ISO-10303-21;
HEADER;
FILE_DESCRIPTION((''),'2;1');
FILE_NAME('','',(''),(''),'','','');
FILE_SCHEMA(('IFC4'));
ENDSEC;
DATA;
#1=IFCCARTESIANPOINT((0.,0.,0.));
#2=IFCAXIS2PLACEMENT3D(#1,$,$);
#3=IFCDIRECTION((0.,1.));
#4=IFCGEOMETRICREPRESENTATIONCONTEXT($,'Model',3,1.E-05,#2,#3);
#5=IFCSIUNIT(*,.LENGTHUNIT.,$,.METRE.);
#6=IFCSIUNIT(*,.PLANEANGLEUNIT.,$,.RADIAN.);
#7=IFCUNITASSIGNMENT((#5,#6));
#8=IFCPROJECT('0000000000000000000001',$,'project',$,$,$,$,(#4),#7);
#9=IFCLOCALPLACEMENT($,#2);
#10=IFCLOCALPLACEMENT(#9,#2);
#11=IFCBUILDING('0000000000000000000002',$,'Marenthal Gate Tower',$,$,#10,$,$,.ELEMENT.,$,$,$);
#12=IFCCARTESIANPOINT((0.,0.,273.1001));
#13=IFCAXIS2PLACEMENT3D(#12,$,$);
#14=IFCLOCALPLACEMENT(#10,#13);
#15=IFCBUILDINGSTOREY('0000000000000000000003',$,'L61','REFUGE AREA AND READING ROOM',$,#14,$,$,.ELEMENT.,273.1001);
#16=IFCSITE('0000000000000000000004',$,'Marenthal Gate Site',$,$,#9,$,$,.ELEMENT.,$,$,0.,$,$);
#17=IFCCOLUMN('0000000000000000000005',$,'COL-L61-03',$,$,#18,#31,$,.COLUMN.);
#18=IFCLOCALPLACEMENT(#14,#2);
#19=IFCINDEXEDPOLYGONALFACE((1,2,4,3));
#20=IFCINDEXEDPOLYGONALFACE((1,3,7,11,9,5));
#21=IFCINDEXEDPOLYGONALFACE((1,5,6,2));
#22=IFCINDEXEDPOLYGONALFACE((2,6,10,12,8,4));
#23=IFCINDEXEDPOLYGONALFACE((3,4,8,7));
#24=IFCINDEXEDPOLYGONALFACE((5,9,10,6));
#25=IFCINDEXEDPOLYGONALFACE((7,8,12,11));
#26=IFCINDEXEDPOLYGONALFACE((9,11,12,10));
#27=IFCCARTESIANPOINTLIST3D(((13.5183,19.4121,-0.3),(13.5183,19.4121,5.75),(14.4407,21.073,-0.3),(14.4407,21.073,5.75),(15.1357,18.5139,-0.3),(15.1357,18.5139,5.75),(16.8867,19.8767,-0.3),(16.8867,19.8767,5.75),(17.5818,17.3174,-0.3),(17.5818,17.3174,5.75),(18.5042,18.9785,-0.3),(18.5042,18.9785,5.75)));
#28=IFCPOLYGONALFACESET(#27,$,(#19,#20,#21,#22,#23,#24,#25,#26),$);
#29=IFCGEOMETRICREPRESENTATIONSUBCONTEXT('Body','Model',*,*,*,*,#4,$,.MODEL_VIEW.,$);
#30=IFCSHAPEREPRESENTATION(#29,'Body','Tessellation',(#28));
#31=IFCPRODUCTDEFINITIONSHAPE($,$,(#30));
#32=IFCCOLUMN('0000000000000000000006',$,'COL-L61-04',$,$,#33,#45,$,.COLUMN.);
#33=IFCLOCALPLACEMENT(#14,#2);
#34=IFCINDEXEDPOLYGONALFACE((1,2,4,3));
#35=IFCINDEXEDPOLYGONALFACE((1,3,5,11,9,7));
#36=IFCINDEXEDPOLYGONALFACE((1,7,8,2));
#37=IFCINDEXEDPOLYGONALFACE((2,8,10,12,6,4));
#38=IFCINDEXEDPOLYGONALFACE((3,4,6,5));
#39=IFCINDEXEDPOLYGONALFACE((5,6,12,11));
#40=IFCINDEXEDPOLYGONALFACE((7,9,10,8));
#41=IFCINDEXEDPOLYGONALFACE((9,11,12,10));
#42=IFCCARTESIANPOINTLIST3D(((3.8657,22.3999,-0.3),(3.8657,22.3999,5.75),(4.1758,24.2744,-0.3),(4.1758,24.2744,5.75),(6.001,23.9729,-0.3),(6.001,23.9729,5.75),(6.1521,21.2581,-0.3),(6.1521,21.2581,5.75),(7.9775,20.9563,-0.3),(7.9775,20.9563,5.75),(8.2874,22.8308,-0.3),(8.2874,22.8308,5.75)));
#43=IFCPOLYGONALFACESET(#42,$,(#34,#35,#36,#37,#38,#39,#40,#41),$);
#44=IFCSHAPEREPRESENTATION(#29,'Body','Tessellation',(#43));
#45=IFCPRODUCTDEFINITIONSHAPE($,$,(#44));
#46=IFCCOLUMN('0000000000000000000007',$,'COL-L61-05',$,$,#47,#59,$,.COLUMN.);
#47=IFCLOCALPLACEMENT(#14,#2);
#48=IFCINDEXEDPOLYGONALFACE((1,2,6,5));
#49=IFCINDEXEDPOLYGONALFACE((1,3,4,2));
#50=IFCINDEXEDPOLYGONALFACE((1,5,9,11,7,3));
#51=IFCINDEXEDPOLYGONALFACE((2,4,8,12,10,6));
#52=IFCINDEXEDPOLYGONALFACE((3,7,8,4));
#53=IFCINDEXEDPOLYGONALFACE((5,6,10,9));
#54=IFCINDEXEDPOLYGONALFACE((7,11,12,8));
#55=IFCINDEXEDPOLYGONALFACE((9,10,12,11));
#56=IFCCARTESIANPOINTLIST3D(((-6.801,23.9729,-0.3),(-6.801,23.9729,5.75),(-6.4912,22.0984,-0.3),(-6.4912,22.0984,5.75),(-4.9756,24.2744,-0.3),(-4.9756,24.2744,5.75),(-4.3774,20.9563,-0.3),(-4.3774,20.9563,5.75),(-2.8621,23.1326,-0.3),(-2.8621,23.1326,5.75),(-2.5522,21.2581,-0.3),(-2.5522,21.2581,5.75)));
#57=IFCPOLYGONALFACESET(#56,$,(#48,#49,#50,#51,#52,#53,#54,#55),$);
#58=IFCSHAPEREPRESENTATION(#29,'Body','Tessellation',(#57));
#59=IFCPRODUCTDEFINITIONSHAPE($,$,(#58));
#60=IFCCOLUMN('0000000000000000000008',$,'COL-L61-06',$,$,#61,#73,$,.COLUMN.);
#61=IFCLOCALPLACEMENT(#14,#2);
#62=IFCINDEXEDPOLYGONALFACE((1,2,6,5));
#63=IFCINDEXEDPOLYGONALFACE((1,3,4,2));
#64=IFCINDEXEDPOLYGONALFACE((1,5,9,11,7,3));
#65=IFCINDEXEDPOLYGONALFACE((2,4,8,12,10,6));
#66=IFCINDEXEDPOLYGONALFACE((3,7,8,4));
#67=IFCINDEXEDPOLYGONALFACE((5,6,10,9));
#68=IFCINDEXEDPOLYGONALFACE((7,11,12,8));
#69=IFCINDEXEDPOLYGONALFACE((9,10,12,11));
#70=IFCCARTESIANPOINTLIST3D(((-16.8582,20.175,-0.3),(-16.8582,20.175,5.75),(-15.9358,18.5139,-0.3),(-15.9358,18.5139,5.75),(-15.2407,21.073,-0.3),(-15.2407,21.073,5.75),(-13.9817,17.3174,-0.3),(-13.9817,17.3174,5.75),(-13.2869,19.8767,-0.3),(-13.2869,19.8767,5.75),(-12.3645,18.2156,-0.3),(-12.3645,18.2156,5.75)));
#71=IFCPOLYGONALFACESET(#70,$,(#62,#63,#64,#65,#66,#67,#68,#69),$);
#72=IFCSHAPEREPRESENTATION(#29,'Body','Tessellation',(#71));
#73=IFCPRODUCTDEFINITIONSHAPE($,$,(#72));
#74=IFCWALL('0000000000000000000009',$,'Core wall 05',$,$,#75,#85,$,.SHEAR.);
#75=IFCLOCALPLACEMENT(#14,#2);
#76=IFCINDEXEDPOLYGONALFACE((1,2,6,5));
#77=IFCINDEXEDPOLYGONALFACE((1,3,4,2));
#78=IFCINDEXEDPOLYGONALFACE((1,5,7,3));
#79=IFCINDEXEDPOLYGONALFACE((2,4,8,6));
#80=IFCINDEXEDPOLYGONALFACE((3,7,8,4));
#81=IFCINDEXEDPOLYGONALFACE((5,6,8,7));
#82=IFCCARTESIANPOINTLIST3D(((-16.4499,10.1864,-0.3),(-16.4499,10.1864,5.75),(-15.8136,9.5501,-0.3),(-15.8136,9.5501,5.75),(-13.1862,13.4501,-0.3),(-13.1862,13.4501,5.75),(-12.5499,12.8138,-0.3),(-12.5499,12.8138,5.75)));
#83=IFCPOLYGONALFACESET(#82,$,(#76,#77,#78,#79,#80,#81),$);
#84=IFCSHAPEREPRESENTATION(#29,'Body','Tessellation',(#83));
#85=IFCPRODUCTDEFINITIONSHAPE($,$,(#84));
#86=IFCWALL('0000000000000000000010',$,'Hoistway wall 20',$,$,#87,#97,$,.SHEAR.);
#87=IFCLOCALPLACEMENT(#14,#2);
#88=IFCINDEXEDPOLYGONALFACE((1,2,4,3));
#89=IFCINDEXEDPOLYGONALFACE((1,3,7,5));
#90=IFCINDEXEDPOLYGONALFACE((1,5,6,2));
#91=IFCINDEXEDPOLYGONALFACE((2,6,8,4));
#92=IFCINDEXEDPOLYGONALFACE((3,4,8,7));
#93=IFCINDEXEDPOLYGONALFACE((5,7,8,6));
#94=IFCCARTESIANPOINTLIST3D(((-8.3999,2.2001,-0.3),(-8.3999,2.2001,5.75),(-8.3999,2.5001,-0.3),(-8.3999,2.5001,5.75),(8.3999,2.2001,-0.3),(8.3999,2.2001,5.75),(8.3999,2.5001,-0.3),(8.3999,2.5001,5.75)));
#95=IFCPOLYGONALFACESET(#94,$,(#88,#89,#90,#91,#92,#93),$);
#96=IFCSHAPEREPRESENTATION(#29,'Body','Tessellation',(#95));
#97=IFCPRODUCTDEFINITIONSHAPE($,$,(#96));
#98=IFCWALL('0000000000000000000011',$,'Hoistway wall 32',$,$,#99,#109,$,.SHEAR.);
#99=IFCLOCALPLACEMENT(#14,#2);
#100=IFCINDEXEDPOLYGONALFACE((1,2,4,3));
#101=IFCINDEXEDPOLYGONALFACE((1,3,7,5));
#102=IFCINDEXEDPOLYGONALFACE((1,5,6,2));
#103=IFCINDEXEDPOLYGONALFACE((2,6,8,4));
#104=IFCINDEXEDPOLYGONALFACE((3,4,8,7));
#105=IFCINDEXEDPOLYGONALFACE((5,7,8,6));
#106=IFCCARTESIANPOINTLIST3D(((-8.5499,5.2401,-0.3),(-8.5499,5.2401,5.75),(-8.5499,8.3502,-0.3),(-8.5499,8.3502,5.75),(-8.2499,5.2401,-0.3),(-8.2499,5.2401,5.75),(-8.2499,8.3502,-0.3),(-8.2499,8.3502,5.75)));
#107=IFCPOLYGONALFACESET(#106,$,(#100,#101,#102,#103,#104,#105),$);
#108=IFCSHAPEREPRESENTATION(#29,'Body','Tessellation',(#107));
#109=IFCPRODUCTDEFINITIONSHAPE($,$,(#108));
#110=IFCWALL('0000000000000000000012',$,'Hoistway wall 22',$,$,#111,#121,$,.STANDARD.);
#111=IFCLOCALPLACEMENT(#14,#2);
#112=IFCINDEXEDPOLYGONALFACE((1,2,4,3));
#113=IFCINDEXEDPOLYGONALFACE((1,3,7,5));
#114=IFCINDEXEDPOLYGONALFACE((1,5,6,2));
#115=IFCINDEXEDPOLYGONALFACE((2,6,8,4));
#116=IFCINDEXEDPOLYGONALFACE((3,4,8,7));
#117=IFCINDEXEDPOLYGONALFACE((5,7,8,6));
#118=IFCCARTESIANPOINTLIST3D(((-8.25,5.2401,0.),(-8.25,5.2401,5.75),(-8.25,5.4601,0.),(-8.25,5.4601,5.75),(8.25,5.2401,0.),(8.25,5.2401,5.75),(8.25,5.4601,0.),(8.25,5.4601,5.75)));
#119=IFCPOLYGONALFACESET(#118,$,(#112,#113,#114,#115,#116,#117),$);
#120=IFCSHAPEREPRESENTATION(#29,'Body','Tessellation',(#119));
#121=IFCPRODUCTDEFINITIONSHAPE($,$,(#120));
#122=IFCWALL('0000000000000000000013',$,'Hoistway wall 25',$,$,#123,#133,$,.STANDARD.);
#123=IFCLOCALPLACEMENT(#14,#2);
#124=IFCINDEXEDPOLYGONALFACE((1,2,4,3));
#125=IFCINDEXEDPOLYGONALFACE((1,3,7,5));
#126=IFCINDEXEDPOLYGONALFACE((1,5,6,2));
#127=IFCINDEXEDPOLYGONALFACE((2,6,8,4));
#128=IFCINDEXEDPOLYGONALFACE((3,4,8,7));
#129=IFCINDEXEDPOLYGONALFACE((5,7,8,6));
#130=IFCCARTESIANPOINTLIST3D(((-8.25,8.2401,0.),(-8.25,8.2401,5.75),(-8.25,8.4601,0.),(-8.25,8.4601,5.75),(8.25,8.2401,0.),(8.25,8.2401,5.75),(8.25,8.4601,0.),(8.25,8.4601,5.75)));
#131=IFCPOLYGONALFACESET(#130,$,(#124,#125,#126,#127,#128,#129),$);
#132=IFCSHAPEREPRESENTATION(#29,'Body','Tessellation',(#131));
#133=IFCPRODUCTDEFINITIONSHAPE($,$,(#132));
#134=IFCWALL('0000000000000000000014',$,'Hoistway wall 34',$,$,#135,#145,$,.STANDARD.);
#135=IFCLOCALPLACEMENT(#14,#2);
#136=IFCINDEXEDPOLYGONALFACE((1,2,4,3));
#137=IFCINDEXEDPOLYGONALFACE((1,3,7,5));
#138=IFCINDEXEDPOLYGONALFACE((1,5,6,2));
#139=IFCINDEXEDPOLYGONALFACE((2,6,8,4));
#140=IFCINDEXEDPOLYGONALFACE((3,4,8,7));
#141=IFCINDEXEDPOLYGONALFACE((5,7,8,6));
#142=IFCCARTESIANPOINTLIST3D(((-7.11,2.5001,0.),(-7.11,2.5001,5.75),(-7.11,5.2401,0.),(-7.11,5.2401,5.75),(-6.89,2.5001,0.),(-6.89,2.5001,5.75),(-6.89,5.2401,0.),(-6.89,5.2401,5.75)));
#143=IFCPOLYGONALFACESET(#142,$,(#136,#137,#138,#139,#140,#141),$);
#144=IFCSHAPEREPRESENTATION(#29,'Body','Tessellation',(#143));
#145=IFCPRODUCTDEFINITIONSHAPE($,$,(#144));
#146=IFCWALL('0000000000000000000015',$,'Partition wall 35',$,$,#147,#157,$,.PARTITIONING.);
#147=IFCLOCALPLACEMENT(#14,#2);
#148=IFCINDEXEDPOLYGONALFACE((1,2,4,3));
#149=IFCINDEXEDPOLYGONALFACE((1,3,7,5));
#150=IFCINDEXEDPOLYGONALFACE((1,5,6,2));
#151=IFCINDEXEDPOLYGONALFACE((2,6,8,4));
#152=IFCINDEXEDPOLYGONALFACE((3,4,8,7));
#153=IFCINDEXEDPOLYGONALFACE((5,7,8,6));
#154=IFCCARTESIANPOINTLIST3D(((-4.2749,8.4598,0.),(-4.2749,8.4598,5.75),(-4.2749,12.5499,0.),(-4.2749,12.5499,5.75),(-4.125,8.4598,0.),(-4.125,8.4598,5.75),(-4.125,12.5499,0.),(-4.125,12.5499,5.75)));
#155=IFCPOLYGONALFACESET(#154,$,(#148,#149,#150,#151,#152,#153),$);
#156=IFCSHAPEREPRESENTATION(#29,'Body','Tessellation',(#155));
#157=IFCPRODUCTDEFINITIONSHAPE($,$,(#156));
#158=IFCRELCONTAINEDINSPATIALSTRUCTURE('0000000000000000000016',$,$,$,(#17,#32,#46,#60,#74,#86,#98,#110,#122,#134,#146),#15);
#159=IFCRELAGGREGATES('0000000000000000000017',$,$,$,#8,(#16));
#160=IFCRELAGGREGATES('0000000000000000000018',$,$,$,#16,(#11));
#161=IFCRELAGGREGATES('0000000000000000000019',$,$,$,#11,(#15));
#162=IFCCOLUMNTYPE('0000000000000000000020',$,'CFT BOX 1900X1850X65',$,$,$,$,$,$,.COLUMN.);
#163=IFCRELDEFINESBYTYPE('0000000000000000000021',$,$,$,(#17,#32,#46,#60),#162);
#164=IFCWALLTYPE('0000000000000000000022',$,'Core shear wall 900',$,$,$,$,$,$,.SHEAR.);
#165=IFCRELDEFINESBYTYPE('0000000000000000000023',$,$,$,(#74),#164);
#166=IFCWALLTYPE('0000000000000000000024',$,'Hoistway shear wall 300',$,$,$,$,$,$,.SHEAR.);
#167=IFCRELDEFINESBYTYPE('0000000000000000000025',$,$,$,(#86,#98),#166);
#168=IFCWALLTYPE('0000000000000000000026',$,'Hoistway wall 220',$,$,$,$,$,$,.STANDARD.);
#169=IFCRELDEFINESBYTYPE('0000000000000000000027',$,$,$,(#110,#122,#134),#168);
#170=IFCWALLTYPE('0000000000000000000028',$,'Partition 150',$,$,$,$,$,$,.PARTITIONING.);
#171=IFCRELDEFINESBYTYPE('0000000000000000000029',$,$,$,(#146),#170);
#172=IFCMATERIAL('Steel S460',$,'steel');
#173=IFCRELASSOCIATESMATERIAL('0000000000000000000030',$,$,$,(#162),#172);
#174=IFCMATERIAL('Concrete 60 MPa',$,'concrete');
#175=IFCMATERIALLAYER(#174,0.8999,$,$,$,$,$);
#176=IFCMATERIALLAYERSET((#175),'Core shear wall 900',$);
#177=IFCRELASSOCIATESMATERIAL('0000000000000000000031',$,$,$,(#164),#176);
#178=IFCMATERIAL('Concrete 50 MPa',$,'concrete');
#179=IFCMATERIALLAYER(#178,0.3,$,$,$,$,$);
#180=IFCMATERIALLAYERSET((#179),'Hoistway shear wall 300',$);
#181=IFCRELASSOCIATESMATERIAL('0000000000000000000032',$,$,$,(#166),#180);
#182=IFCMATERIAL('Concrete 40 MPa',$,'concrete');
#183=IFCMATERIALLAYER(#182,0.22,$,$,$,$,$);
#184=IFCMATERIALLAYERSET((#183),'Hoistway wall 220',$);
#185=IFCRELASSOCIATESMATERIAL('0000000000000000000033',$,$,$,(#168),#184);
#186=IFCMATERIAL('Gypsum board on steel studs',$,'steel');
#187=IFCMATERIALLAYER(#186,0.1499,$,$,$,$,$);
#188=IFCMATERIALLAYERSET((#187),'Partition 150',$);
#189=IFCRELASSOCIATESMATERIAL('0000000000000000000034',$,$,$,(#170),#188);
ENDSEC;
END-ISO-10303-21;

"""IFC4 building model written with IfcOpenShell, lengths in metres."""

from ifc_helpers import new_model, si_unit, direction, frame, frame_2d, origin, origin_2d, place, context, subcontext, project, spatial, polyline, rectangle, hollow_rectangle, outline, extrude, material, layer, layer_set, material_profile, profile_set, type_object, element, save


model = new_model("IFC4")

# Units and contexts
model_context = context("Model", 3, precision=1e-05, world=origin(), true_north=direction((0.0, 1.0)))
body_context = subcontext(model_context, "Body", "Model", "MODEL_VIEW")
ifc_project = project(units=[si_unit("LENGTHUNIT", "METRE"), si_unit("PLANEANGLEUNIT", "RADIAN")], contexts=[model_context])

# Site, building, storey
site_placement = place(None, origin())
site = spatial("IfcSite", under=ifc_project, at=site_placement, Name="Marenthal Gate Site", CompositionType="ELEMENT", RefElevation=0.0)
building_placement = place(site_placement, origin())
building = spatial("IfcBuilding", under=site, at=building_placement, Name="Marenthal Gate Tower", CompositionType="ELEMENT")
storey_placement = place(building_placement, frame((0.0, 0.0, 273.1001)))
storey = spatial("IfcBuildingStorey", under=building, at=storey_placement, Name="L61", Description="REFUGE AREA AND READING ROOM", CompositionType="ELEMENT", Elevation=273.1001)

# Columns
ifc_material_1 = material(Name="Steel S460", Category="steel")
ifc_material_profile_1 = material_profile(ifc_material_1, hollow_rectangle(XDim=1.8501, YDim=1.8999, WallThickness=0.0649, at=origin_2d()), Name="CFT BOX 1900X1850X65")
ifc_material_2 = material(Name="Concrete 70 MPa", Category="concrete")
ifc_material_profile_2 = material_profile(ifc_material_2, rectangle(XDim=1.72, YDim=1.77, at=origin_2d()), Name="CFT BOX 1900X1850X65 INFILL")
ifc_profile_set = profile_set([ifc_material_profile_1, ifc_material_profile_2], Name="Steel S460 shell, Concrete 70 MPa infill")
column_type = type_object("IfcColumnType", Name="CFT BOX 1900X1850X65", PredefinedType="COLUMN", material=ifc_profile_set)
column_1_placement = place(storey_placement, frame((0.0, 0.0, -0.3)))
element("IfcColumn", 1, at=column_1_placement, inside=storey, type_object=column_type, Name="COL-L61-03", PredefinedType="COLUMN", context=body_context, shape_type="SweptSolid", body=[
    extrude(outline(polyline([(17.5818, 17.3174), (15.1357, 18.5139), (13.5183, 19.4121), (14.4407, 21.073), (16.8867, 19.8767), (18.5042, 18.9785), (17.5818, 17.3174)])), origin(), (0.0, 0.0, 1.0), 6.05),
])
column_2_placement = place(storey_placement, frame((0.0, 0.0, -0.3)))
element("IfcColumn", 2, at=column_2_placement, inside=storey, type_object=column_type, Name="COL-L61-04", PredefinedType="COLUMN", context=body_context, shape_type="SweptSolid", body=[
    extrude(outline(polyline([(7.9775, 20.9563), (6.1521, 21.2581), (3.8657, 22.3999), (4.1758, 24.2744), (6.001, 23.9729), (8.2874, 22.8308), (7.9775, 20.9563)])), origin(), (0.0, 0.0, 1.0), 6.05),
])
column_3_placement = place(storey_placement, frame((0.0, 0.0, -0.3)))
element("IfcColumn", 3, at=column_3_placement, inside=storey, type_object=column_type, Name="COL-L61-05", PredefinedType="COLUMN", context=body_context, shape_type="SweptSolid", body=[
    extrude(outline(polyline([(-4.3774, 20.9563), (-6.4912, 22.0984), (-6.801, 23.9729), (-4.9756, 24.2744), (-2.8621, 23.1326), (-2.5522, 21.2581), (-4.3774, 20.9563)])), origin(), (0.0, 0.0, 1.0), 6.05),
])
column_4_placement = place(storey_placement, frame((0.0, 0.0, -0.3)))
element("IfcColumn", 4, at=column_4_placement, inside=storey, type_object=column_type, Name="COL-L61-06", PredefinedType="COLUMN", context=body_context, shape_type="SweptSolid", body=[
    extrude(outline(polyline([(-13.9817, 17.3174), (-15.9358, 18.5139), (-16.8582, 20.175), (-15.2407, 21.073), (-13.2869, 19.8767), (-12.3645, 18.2156), (-13.9817, 17.3174)])), origin(), (0.0, 0.0, 1.0), 6.05),
])

# Walls
ifc_material_3 = material(Name="Concrete 60 MPa", Category="concrete")
ifc_layer_1 = layer(ifc_material_3, 0.8999)
ifc_layer_set_1 = layer_set([ifc_layer_1], Name="Core shear wall 900")
wall_type_1 = type_object("IfcWallType", Name="Core shear wall 900", PredefinedType="SHEAR", material=ifc_layer_set_1)
wall_1_placement = place(storey_placement, frame((-12.8682, 13.1318, -0.3), z_axis=(0.0, 0.0, 1.0), x_axis=(-0.707107, -0.707107, 0.0)))
element("IfcWall", 5, at=wall_1_placement, inside=storey, type_object=wall_type_1, Name="Core wall 05", PredefinedType="SHEAR", context=body_context, shape_type="SweptSolid", body=[
    extrude(rectangle(XDim=4.6155, YDim=0.8999, at=frame_2d((2.3076, 0.0))), origin(), (0.0, 0.0, 1.0), 6.05),
])
ifc_material_4 = material(Name="Concrete 50 MPa", Category="concrete")
ifc_layer_2 = layer(ifc_material_4, 0.3)
ifc_layer_set_2 = layer_set([ifc_layer_2], Name="Hoistway shear wall 300")
wall_type_2 = type_object("IfcWallType", Name="Hoistway shear wall 300", PredefinedType="SHEAR", material=ifc_layer_set_2)
wall_2_placement = place(storey_placement, frame((-8.3999, 2.3501, -0.3), z_axis=(0.0, 0.0, 1.0), x_axis=(1.0, 0.0, 0.0)))
element("IfcWall", 6, at=wall_2_placement, inside=storey, type_object=wall_type_2, Name="Hoistway wall 20", PredefinedType="SHEAR", context=body_context, shape_type="SweptSolid", body=[
    extrude(rectangle(XDim=16.7998, YDim=0.3, at=frame_2d((8.3999, 0.0))), origin(), (0.0, 0.0, 1.0), 6.05),
])
wall_3_placement = place(storey_placement, frame((-8.3999, 5.24, -0.3), z_axis=(0.0, 0.0, 1.0), x_axis=(0.0, 1.0, 0.0)))
element("IfcWall", 7, at=wall_3_placement, inside=storey, type_object=wall_type_2, Name="Hoistway wall 32", PredefinedType="SHEAR", context=body_context, shape_type="SweptSolid", body=[
    extrude(rectangle(XDim=3.1101, YDim=0.3, at=frame_2d((1.5552, 0.0))), origin(), (0.0, 0.0, 1.0), 6.05),
])
ifc_material_5 = material(Name="Concrete 40 MPa", Category="concrete")
ifc_layer_3 = layer(ifc_material_5, 0.22)
ifc_layer_set_3 = layer_set([ifc_layer_3], Name="Hoistway wall 220")
wall_type_3 = type_object("IfcWallType", Name="Hoistway wall 220", PredefinedType="STANDARD", material=ifc_layer_set_3)
for number, where, z_axis, x_axis, name in (
    (8, (-8.25, 5.3501, 0.0), (0.0, 0.0, 1.0), (1.0, 0.0, 0.0), "Hoistway wall 22"),
    (9, (-8.25, 8.3501, 0.0), (0.0, 0.0, 1.0), (1.0, 0.0, 0.0), "Hoistway wall 25"),
):
    element("IfcWall", number, at=place(storey_placement, frame(where, z_axis=z_axis, x_axis=x_axis)), inside=storey, type_object=wall_type_3, Name=name, PredefinedType="STANDARD", context=body_context, shape_type="SweptSolid", body=[
        extrude(rectangle(XDim=16.5, YDim=0.22, at=frame_2d((8.25, 0.0))), origin(), (0.0, 0.0, 1.0), 5.75),
    ])
wall_4_placement = place(storey_placement, frame((-7.0, 2.5, 0.0), z_axis=(0.0, 0.0, 1.0), x_axis=(0.0, 1.0, 0.0)))
element("IfcWall", 10, at=wall_4_placement, inside=storey, type_object=wall_type_3, Name="Hoistway wall 34", PredefinedType="STANDARD", context=body_context, shape_type="SweptSolid", body=[
    extrude(rectangle(XDim=2.74, YDim=0.22, at=frame_2d((1.3701, 0.0))), origin(), (0.0, 0.0, 1.0), 5.75),
])
ifc_material_6 = material(Name="Gypsum board on steel studs", Category="steel")
ifc_layer_4 = layer(ifc_material_6, 0.1499)
ifc_layer_set_4 = layer_set([ifc_layer_4], Name="Partition 150")
wall_type_4 = type_object("IfcWallType", Name="Partition 150", PredefinedType="PARTITIONING", material=ifc_layer_set_4)
wall_5_placement = place(storey_placement, frame((-4.2, 8.46, 0.0), z_axis=(0.0, 0.0, 1.0), x_axis=(0.0, 1.0, 0.0)))
element("IfcWall", 11, at=wall_5_placement, inside=storey, type_object=wall_type_4, Name="Partition wall 35", PredefinedType="PARTITIONING", context=body_context, shape_type="SweptSolid", body=[
    extrude(rectangle(XDim=4.0901, YDim=0.1499, at=frame_2d((2.0449, 0.0))), origin(), (0.0, 0.0, 1.0), 5.75),
])

save(model, "model.ifc")
